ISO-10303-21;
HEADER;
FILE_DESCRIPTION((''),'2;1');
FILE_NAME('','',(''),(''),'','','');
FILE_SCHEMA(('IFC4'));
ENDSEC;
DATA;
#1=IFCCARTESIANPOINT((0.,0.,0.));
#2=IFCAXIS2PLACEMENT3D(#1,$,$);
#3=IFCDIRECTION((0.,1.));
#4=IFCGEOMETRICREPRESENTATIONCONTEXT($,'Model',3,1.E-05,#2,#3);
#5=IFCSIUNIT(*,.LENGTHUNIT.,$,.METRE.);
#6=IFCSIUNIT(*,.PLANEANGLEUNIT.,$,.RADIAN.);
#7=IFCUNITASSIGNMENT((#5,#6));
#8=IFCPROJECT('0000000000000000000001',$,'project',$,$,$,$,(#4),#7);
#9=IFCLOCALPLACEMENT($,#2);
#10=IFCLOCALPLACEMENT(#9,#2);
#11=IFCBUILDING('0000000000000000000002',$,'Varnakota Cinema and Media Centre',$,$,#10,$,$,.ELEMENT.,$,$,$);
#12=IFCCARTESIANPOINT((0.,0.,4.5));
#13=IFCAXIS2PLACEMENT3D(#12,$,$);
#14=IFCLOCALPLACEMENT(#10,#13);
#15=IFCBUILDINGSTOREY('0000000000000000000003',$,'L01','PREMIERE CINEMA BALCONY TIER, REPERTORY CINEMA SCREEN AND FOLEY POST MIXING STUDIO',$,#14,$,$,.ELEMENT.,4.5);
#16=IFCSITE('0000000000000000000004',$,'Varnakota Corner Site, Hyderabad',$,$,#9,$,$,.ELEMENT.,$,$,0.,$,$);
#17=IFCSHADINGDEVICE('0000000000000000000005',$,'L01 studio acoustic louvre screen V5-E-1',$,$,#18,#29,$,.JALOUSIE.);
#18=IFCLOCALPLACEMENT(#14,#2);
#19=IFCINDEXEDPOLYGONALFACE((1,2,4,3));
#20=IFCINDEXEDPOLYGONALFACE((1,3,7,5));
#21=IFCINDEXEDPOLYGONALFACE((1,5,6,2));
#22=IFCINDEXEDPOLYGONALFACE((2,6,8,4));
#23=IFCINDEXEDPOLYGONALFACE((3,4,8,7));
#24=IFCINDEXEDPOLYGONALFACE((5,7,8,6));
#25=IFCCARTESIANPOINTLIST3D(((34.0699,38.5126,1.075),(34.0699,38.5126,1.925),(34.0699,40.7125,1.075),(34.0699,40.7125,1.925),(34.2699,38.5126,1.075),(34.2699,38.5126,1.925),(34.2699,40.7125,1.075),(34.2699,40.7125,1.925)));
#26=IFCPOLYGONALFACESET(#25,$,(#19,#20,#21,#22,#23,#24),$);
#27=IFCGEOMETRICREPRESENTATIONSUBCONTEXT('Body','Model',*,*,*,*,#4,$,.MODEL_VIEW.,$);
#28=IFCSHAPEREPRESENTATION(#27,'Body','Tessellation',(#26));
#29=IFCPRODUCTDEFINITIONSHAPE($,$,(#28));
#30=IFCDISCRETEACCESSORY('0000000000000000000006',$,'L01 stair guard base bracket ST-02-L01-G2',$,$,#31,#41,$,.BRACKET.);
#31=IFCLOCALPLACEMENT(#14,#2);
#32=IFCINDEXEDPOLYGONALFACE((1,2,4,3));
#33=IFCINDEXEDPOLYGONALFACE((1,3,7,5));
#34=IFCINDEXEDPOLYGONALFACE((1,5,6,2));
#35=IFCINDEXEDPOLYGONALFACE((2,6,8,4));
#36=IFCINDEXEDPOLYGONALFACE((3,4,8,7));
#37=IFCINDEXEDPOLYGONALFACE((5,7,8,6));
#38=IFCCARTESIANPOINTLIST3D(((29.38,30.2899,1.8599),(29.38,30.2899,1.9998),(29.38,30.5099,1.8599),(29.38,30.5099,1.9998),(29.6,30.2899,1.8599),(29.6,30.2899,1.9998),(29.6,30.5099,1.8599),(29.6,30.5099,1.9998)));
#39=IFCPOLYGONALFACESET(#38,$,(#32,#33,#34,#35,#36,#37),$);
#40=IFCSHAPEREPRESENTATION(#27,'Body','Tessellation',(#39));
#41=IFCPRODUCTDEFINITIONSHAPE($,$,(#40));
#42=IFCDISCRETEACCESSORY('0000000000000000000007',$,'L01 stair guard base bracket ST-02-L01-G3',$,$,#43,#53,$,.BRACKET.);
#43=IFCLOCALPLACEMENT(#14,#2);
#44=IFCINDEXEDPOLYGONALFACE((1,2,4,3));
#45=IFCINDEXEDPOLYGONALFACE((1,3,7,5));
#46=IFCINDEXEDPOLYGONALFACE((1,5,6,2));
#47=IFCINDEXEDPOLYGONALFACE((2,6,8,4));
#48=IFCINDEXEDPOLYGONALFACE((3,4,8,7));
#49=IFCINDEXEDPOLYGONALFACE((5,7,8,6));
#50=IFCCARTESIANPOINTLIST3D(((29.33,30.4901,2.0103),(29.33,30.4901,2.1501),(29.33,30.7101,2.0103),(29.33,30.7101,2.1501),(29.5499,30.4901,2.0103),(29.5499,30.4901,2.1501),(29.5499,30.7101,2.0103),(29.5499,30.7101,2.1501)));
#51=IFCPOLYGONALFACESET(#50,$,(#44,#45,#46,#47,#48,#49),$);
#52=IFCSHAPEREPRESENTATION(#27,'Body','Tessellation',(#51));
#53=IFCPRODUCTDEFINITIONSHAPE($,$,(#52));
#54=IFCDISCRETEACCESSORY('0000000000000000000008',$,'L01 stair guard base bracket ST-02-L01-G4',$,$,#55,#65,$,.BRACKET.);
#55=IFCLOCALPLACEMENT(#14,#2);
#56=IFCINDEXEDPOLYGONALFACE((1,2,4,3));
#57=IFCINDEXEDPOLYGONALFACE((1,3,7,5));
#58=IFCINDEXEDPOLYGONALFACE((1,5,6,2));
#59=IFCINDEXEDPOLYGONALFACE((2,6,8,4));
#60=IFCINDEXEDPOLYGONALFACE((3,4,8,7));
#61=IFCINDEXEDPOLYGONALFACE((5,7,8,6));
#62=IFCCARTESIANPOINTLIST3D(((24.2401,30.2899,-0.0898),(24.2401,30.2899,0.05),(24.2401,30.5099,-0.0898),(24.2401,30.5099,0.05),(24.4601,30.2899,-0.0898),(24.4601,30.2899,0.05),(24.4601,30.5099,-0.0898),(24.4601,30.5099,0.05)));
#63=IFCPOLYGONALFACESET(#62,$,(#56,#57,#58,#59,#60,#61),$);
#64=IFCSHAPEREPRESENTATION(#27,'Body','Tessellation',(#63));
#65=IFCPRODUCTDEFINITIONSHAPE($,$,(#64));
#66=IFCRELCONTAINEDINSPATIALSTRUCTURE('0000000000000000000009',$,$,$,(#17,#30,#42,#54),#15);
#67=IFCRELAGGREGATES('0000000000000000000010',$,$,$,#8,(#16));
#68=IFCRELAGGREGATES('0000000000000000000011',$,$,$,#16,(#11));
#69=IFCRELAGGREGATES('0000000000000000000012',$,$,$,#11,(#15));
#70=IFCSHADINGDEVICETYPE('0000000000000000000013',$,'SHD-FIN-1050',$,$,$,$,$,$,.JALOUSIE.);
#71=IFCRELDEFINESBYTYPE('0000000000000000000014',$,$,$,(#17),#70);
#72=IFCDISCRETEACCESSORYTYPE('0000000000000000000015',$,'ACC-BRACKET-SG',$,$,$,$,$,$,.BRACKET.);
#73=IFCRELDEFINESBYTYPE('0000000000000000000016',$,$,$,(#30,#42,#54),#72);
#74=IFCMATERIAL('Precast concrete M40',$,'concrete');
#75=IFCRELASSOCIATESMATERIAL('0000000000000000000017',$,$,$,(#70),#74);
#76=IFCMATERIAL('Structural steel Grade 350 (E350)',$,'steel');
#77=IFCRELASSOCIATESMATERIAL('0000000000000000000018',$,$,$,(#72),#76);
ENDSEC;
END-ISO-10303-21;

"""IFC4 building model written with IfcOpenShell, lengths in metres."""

from ifc_helpers import new_model, si_unit, direction, frame, origin, origin_2d, place, context, subcontext, project, spatial, rectangle, extrude, material, type_object, element, save


model = new_model("IFC4")

# Units and contexts
model_context = context("Model", 3, precision=1e-05, world=origin(), true_north=direction((0.0, 1.0)))
body_context = subcontext(model_context, "Body", "Model", "MODEL_VIEW")
ifc_project = project(units=[si_unit("LENGTHUNIT", "METRE"), si_unit("PLANEANGLEUNIT", "RADIAN")], contexts=[model_context])

# Site, building, storey
site_placement = place(None, origin())
site = spatial("IfcSite", under=ifc_project, at=site_placement, Name="Varnakota Corner Site, Hyderabad", CompositionType="ELEMENT", RefElevation=0.0)
building_placement = place(site_placement, origin())
building = spatial("IfcBuilding", under=site, at=building_placement, Name="Varnakota Cinema and Media Centre", CompositionType="ELEMENT")
storey_placement = place(building_placement, frame((0.0, 0.0, 4.5)))
storey = spatial("IfcBuildingStorey", under=building, at=storey_placement, Name="L01", Description="PREMIERE CINEMA BALCONY TIER, REPERTORY CINEMA SCREEN AND FOLEY POST MIXING STUDIO", CompositionType="ELEMENT", Elevation=4.5)

# Shading device
ifc_material_1 = material(Name="Precast concrete M40", Category="concrete")
shading_device_type_1 = type_object("IfcShadingDeviceType", Name="SHD-FIN-1050", PredefinedType="JALOUSIE", material=ifc_material_1)
shading_device_1_placement = place(storey_placement, frame((34.1699, 39.6125, 1.075), z_axis=(0.0, 0.0, 1.0), x_axis=(0.0, 1.0, 0.0)))
element("IfcShadingDevice", 1, at=shading_device_1_placement, inside=storey, type_object=shading_device_type_1, Name="L01 studio acoustic louvre screen V5-E-1", PredefinedType="JALOUSIE", context=body_context, shape_type="SweptSolid", body=[
    extrude(rectangle(XDim=2.2, YDim=0.2, at=origin_2d()), origin(), (0.0, 0.0, 1.0), 0.8501),
])

# Discrete accessories
ifc_material_2 = material(Name="Structural steel Grade 350 (E350)", Category="steel")
discrete_accessory_type = type_object("IfcDiscreteAccessoryType", Name="ACC-BRACKET-SG", PredefinedType="BRACKET", material=ifc_material_2)
for number, where, z_axis, x_axis, name in (
    (2, (29.49, 30.3999, 1.8599), (0.0, 0.0, 1.0), (1.0, 0.0, 0.0), "L01 stair guard base bracket ST-02-L01-G2"),
    (3, (29.4399, 30.6001, 2.0103), (0.0, 0.0, 1.0), (1.0, 0.0, 0.0), "L01 stair guard base bracket ST-02-L01-G3"),
    (4, (24.3501, 30.3999, -0.0898), (0.0, 0.0, 1.0), (1.0, 0.0, 0.0), "L01 stair guard base bracket ST-02-L01-G4"),
):
    element("IfcDiscreteAccessory", number, at=place(storey_placement, frame(where, z_axis=z_axis, x_axis=x_axis)), inside=storey, type_object=discrete_accessory_type, Name=name, PredefinedType="BRACKET", context=body_context, shape_type="SweptSolid", body=[
        extrude(rectangle(XDim=0.22, YDim=0.22, at=origin_2d()), origin(), (0.0, 0.0, 1.0), 0.1399),
    ])

save(model, "model.ifc")
